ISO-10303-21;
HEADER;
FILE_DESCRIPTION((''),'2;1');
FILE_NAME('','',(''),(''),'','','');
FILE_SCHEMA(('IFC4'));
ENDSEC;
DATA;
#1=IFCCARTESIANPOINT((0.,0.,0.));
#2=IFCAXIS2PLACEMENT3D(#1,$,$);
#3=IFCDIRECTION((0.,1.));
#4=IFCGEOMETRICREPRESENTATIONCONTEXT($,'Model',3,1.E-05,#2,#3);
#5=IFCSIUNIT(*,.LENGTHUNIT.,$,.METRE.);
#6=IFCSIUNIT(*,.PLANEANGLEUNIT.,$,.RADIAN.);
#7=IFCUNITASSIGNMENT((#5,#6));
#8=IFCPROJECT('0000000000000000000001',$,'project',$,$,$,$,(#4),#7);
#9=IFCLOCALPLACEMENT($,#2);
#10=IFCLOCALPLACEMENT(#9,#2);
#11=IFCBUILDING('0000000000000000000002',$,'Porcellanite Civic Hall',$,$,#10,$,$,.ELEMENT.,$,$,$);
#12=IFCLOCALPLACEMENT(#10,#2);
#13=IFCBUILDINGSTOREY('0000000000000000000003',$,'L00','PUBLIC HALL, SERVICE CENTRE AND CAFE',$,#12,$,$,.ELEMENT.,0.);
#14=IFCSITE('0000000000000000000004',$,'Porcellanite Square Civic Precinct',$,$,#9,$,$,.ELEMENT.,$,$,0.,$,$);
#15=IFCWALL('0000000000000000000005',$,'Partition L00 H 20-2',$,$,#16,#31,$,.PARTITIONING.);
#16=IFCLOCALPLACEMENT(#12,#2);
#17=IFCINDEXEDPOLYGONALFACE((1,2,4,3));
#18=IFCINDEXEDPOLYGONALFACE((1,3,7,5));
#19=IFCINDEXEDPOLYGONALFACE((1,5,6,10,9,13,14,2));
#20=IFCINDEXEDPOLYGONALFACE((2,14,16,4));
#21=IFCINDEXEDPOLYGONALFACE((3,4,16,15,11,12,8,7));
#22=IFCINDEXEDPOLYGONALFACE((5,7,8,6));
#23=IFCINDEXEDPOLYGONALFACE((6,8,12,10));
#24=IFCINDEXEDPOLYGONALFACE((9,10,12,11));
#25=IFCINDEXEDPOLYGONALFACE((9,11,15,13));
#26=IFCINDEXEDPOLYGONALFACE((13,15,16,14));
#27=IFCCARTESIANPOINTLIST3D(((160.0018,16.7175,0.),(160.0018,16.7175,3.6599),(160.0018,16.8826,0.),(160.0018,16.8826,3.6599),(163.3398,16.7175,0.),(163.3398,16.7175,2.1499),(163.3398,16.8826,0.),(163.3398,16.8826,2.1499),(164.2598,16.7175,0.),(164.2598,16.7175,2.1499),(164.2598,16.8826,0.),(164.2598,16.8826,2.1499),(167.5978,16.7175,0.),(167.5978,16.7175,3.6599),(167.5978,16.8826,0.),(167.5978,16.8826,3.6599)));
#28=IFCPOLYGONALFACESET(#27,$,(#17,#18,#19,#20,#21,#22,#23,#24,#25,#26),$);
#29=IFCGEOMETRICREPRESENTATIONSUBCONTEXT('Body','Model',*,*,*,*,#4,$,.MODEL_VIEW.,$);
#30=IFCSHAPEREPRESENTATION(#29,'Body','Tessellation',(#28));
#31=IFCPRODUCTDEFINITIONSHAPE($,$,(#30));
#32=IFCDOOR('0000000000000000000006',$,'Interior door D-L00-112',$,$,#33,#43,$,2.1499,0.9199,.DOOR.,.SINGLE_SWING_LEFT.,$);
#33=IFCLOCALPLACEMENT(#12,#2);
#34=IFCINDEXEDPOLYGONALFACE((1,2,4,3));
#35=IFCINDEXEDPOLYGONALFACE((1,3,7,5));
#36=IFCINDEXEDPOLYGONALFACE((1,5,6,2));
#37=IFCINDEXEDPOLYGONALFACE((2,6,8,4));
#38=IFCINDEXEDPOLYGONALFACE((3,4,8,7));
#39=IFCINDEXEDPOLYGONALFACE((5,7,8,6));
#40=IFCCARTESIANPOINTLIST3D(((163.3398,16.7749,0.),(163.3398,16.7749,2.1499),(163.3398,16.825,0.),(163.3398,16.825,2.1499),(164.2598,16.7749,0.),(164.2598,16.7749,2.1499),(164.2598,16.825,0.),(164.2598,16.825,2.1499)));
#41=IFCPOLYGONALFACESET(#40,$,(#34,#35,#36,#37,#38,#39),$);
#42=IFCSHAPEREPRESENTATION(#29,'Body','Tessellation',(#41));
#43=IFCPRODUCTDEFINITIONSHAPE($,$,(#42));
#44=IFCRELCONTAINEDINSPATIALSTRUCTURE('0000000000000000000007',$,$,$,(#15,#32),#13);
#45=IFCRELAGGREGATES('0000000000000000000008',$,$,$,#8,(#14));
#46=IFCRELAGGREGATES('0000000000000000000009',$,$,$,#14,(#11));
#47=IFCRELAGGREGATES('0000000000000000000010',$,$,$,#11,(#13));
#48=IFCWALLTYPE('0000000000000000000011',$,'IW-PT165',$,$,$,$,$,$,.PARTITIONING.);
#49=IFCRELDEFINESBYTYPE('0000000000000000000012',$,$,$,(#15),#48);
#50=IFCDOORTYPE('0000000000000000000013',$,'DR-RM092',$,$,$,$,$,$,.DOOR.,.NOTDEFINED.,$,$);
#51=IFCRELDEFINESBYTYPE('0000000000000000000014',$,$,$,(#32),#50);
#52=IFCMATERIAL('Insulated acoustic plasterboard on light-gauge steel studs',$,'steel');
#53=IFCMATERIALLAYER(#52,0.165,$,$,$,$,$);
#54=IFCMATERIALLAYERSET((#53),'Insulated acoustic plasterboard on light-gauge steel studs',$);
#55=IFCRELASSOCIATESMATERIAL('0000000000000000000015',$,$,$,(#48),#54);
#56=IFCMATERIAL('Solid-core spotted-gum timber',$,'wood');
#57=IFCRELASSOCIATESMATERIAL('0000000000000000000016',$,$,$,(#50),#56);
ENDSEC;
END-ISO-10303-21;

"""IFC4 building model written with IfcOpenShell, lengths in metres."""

from ifc_helpers import new_model, si_unit, direction, frame, frame_2d, origin, place, context, subcontext, project, spatial, rectangle, extrude, material, layer, layer_set, type_object, element, fill, save


model = new_model("IFC4")

# Units and contexts
model_context = context("Model", 3, precision=1e-05, world=origin(), true_north=direction((0.0, 1.0)))
body_context = subcontext(model_context, "Body", "Model", "MODEL_VIEW")
ifc_project = project(units=[si_unit("LENGTHUNIT", "METRE"), si_unit("PLANEANGLEUNIT", "RADIAN")], contexts=[model_context])

# Site, building, storey
site_placement = place(None, origin())
site = spatial("IfcSite", under=ifc_project, at=site_placement, Name="Porcellanite Square Civic Precinct", CompositionType="ELEMENT", RefElevation=0.0)
building_placement = place(site_placement, origin())
building = spatial("IfcBuilding", under=site, at=building_placement, Name="Porcellanite Civic Hall", CompositionType="ELEMENT")
storey_placement = place(building_placement, origin())
storey = spatial("IfcBuildingStorey", under=building, at=storey_placement, Name="L00", Description="PUBLIC HALL, SERVICE CENTRE AND CAFE", CompositionType="ELEMENT", Elevation=0.0)

# Wall, opening, door
ifc_material_1 = material(Name="Insulated acoustic plasterboard on light-gauge steel studs", Category="steel")
ifc_layer_1 = layer(ifc_material_1, 0.165)
ifc_layer_set_1 = layer_set([ifc_layer_1], Name="Insulated acoustic plasterboard on light-gauge steel studs")
wall_type_1 = type_object("IfcWallType", Name="IW-PT165", PredefinedType="PARTITIONING", material=ifc_layer_set_1)
wall_1_placement = place(storey_placement, frame((160.002, 16.8, 0.0), z_axis=(0.0, 0.0, 1.0), x_axis=(1.0, 0.0, 0.0)))
wall_1 = element("IfcWall", 1, at=wall_1_placement, inside=storey, type_object=wall_type_1, Name="Partition L00 H 20-2", PredefinedType="PARTITIONING", context=body_context, shape_type="SweptSolid", body=[
    extrude(rectangle(XDim=7.5959, YDim=0.165, at=frame_2d((3.7979, 0.0))), origin(), (0.0, 0.0, 1.0), 3.6599),
])
opening_1_placement = place(wall_1_placement, frame((3.3379, 0.0, 0.0)))
opening_1 = element("IfcOpeningElement", 2, at=opening_1_placement, cuts=wall_1, PredefinedType="OPENING", context=body_context, shape_type="SweptSolid", body=[
    extrude(rectangle(XDim=0.9199, YDim=2.1499, at=frame_2d((0.46, 1.075))), frame((0.0, 0.0825, 0.0), z_axis=(0.0, -1.0, 0.0), x_axis=(1.0, 0.0, 0.0)), (0.0, 0.0, 1.0), 0.165),
])
ifc_material_2 = material(Name="Solid-core spotted-gum timber", Category="wood")
door_type_1 = type_object("IfcDoorType", Name="DR-RM092", OperationType="NOTDEFINED", PredefinedType="DOOR", material=ifc_material_2)
door_1_placement = place(opening_1_placement, origin())
door_1 = element("IfcDoor", 3, at=door_1_placement, inside=storey, type_object=door_type_1, Name="Interior door D-L00-112", OperationType="SINGLE_SWING_LEFT", OverallHeight=2.1499, OverallWidth=0.9199, PredefinedType="DOOR", context=body_context, shape_type="SweptSolid", body=[
    extrude(rectangle(XDim=0.9199, YDim=2.1499, at=frame_2d((0.46, 1.075))), frame((0.0, 0.0249, 0.0), z_axis=(0.0, -1.0, 0.0), x_axis=(1.0, 0.0, 0.0)), (0.0, 0.0, 1.0), 0.05),
])
fill(opening_1, door_1)

save(model, "model.ifc")
